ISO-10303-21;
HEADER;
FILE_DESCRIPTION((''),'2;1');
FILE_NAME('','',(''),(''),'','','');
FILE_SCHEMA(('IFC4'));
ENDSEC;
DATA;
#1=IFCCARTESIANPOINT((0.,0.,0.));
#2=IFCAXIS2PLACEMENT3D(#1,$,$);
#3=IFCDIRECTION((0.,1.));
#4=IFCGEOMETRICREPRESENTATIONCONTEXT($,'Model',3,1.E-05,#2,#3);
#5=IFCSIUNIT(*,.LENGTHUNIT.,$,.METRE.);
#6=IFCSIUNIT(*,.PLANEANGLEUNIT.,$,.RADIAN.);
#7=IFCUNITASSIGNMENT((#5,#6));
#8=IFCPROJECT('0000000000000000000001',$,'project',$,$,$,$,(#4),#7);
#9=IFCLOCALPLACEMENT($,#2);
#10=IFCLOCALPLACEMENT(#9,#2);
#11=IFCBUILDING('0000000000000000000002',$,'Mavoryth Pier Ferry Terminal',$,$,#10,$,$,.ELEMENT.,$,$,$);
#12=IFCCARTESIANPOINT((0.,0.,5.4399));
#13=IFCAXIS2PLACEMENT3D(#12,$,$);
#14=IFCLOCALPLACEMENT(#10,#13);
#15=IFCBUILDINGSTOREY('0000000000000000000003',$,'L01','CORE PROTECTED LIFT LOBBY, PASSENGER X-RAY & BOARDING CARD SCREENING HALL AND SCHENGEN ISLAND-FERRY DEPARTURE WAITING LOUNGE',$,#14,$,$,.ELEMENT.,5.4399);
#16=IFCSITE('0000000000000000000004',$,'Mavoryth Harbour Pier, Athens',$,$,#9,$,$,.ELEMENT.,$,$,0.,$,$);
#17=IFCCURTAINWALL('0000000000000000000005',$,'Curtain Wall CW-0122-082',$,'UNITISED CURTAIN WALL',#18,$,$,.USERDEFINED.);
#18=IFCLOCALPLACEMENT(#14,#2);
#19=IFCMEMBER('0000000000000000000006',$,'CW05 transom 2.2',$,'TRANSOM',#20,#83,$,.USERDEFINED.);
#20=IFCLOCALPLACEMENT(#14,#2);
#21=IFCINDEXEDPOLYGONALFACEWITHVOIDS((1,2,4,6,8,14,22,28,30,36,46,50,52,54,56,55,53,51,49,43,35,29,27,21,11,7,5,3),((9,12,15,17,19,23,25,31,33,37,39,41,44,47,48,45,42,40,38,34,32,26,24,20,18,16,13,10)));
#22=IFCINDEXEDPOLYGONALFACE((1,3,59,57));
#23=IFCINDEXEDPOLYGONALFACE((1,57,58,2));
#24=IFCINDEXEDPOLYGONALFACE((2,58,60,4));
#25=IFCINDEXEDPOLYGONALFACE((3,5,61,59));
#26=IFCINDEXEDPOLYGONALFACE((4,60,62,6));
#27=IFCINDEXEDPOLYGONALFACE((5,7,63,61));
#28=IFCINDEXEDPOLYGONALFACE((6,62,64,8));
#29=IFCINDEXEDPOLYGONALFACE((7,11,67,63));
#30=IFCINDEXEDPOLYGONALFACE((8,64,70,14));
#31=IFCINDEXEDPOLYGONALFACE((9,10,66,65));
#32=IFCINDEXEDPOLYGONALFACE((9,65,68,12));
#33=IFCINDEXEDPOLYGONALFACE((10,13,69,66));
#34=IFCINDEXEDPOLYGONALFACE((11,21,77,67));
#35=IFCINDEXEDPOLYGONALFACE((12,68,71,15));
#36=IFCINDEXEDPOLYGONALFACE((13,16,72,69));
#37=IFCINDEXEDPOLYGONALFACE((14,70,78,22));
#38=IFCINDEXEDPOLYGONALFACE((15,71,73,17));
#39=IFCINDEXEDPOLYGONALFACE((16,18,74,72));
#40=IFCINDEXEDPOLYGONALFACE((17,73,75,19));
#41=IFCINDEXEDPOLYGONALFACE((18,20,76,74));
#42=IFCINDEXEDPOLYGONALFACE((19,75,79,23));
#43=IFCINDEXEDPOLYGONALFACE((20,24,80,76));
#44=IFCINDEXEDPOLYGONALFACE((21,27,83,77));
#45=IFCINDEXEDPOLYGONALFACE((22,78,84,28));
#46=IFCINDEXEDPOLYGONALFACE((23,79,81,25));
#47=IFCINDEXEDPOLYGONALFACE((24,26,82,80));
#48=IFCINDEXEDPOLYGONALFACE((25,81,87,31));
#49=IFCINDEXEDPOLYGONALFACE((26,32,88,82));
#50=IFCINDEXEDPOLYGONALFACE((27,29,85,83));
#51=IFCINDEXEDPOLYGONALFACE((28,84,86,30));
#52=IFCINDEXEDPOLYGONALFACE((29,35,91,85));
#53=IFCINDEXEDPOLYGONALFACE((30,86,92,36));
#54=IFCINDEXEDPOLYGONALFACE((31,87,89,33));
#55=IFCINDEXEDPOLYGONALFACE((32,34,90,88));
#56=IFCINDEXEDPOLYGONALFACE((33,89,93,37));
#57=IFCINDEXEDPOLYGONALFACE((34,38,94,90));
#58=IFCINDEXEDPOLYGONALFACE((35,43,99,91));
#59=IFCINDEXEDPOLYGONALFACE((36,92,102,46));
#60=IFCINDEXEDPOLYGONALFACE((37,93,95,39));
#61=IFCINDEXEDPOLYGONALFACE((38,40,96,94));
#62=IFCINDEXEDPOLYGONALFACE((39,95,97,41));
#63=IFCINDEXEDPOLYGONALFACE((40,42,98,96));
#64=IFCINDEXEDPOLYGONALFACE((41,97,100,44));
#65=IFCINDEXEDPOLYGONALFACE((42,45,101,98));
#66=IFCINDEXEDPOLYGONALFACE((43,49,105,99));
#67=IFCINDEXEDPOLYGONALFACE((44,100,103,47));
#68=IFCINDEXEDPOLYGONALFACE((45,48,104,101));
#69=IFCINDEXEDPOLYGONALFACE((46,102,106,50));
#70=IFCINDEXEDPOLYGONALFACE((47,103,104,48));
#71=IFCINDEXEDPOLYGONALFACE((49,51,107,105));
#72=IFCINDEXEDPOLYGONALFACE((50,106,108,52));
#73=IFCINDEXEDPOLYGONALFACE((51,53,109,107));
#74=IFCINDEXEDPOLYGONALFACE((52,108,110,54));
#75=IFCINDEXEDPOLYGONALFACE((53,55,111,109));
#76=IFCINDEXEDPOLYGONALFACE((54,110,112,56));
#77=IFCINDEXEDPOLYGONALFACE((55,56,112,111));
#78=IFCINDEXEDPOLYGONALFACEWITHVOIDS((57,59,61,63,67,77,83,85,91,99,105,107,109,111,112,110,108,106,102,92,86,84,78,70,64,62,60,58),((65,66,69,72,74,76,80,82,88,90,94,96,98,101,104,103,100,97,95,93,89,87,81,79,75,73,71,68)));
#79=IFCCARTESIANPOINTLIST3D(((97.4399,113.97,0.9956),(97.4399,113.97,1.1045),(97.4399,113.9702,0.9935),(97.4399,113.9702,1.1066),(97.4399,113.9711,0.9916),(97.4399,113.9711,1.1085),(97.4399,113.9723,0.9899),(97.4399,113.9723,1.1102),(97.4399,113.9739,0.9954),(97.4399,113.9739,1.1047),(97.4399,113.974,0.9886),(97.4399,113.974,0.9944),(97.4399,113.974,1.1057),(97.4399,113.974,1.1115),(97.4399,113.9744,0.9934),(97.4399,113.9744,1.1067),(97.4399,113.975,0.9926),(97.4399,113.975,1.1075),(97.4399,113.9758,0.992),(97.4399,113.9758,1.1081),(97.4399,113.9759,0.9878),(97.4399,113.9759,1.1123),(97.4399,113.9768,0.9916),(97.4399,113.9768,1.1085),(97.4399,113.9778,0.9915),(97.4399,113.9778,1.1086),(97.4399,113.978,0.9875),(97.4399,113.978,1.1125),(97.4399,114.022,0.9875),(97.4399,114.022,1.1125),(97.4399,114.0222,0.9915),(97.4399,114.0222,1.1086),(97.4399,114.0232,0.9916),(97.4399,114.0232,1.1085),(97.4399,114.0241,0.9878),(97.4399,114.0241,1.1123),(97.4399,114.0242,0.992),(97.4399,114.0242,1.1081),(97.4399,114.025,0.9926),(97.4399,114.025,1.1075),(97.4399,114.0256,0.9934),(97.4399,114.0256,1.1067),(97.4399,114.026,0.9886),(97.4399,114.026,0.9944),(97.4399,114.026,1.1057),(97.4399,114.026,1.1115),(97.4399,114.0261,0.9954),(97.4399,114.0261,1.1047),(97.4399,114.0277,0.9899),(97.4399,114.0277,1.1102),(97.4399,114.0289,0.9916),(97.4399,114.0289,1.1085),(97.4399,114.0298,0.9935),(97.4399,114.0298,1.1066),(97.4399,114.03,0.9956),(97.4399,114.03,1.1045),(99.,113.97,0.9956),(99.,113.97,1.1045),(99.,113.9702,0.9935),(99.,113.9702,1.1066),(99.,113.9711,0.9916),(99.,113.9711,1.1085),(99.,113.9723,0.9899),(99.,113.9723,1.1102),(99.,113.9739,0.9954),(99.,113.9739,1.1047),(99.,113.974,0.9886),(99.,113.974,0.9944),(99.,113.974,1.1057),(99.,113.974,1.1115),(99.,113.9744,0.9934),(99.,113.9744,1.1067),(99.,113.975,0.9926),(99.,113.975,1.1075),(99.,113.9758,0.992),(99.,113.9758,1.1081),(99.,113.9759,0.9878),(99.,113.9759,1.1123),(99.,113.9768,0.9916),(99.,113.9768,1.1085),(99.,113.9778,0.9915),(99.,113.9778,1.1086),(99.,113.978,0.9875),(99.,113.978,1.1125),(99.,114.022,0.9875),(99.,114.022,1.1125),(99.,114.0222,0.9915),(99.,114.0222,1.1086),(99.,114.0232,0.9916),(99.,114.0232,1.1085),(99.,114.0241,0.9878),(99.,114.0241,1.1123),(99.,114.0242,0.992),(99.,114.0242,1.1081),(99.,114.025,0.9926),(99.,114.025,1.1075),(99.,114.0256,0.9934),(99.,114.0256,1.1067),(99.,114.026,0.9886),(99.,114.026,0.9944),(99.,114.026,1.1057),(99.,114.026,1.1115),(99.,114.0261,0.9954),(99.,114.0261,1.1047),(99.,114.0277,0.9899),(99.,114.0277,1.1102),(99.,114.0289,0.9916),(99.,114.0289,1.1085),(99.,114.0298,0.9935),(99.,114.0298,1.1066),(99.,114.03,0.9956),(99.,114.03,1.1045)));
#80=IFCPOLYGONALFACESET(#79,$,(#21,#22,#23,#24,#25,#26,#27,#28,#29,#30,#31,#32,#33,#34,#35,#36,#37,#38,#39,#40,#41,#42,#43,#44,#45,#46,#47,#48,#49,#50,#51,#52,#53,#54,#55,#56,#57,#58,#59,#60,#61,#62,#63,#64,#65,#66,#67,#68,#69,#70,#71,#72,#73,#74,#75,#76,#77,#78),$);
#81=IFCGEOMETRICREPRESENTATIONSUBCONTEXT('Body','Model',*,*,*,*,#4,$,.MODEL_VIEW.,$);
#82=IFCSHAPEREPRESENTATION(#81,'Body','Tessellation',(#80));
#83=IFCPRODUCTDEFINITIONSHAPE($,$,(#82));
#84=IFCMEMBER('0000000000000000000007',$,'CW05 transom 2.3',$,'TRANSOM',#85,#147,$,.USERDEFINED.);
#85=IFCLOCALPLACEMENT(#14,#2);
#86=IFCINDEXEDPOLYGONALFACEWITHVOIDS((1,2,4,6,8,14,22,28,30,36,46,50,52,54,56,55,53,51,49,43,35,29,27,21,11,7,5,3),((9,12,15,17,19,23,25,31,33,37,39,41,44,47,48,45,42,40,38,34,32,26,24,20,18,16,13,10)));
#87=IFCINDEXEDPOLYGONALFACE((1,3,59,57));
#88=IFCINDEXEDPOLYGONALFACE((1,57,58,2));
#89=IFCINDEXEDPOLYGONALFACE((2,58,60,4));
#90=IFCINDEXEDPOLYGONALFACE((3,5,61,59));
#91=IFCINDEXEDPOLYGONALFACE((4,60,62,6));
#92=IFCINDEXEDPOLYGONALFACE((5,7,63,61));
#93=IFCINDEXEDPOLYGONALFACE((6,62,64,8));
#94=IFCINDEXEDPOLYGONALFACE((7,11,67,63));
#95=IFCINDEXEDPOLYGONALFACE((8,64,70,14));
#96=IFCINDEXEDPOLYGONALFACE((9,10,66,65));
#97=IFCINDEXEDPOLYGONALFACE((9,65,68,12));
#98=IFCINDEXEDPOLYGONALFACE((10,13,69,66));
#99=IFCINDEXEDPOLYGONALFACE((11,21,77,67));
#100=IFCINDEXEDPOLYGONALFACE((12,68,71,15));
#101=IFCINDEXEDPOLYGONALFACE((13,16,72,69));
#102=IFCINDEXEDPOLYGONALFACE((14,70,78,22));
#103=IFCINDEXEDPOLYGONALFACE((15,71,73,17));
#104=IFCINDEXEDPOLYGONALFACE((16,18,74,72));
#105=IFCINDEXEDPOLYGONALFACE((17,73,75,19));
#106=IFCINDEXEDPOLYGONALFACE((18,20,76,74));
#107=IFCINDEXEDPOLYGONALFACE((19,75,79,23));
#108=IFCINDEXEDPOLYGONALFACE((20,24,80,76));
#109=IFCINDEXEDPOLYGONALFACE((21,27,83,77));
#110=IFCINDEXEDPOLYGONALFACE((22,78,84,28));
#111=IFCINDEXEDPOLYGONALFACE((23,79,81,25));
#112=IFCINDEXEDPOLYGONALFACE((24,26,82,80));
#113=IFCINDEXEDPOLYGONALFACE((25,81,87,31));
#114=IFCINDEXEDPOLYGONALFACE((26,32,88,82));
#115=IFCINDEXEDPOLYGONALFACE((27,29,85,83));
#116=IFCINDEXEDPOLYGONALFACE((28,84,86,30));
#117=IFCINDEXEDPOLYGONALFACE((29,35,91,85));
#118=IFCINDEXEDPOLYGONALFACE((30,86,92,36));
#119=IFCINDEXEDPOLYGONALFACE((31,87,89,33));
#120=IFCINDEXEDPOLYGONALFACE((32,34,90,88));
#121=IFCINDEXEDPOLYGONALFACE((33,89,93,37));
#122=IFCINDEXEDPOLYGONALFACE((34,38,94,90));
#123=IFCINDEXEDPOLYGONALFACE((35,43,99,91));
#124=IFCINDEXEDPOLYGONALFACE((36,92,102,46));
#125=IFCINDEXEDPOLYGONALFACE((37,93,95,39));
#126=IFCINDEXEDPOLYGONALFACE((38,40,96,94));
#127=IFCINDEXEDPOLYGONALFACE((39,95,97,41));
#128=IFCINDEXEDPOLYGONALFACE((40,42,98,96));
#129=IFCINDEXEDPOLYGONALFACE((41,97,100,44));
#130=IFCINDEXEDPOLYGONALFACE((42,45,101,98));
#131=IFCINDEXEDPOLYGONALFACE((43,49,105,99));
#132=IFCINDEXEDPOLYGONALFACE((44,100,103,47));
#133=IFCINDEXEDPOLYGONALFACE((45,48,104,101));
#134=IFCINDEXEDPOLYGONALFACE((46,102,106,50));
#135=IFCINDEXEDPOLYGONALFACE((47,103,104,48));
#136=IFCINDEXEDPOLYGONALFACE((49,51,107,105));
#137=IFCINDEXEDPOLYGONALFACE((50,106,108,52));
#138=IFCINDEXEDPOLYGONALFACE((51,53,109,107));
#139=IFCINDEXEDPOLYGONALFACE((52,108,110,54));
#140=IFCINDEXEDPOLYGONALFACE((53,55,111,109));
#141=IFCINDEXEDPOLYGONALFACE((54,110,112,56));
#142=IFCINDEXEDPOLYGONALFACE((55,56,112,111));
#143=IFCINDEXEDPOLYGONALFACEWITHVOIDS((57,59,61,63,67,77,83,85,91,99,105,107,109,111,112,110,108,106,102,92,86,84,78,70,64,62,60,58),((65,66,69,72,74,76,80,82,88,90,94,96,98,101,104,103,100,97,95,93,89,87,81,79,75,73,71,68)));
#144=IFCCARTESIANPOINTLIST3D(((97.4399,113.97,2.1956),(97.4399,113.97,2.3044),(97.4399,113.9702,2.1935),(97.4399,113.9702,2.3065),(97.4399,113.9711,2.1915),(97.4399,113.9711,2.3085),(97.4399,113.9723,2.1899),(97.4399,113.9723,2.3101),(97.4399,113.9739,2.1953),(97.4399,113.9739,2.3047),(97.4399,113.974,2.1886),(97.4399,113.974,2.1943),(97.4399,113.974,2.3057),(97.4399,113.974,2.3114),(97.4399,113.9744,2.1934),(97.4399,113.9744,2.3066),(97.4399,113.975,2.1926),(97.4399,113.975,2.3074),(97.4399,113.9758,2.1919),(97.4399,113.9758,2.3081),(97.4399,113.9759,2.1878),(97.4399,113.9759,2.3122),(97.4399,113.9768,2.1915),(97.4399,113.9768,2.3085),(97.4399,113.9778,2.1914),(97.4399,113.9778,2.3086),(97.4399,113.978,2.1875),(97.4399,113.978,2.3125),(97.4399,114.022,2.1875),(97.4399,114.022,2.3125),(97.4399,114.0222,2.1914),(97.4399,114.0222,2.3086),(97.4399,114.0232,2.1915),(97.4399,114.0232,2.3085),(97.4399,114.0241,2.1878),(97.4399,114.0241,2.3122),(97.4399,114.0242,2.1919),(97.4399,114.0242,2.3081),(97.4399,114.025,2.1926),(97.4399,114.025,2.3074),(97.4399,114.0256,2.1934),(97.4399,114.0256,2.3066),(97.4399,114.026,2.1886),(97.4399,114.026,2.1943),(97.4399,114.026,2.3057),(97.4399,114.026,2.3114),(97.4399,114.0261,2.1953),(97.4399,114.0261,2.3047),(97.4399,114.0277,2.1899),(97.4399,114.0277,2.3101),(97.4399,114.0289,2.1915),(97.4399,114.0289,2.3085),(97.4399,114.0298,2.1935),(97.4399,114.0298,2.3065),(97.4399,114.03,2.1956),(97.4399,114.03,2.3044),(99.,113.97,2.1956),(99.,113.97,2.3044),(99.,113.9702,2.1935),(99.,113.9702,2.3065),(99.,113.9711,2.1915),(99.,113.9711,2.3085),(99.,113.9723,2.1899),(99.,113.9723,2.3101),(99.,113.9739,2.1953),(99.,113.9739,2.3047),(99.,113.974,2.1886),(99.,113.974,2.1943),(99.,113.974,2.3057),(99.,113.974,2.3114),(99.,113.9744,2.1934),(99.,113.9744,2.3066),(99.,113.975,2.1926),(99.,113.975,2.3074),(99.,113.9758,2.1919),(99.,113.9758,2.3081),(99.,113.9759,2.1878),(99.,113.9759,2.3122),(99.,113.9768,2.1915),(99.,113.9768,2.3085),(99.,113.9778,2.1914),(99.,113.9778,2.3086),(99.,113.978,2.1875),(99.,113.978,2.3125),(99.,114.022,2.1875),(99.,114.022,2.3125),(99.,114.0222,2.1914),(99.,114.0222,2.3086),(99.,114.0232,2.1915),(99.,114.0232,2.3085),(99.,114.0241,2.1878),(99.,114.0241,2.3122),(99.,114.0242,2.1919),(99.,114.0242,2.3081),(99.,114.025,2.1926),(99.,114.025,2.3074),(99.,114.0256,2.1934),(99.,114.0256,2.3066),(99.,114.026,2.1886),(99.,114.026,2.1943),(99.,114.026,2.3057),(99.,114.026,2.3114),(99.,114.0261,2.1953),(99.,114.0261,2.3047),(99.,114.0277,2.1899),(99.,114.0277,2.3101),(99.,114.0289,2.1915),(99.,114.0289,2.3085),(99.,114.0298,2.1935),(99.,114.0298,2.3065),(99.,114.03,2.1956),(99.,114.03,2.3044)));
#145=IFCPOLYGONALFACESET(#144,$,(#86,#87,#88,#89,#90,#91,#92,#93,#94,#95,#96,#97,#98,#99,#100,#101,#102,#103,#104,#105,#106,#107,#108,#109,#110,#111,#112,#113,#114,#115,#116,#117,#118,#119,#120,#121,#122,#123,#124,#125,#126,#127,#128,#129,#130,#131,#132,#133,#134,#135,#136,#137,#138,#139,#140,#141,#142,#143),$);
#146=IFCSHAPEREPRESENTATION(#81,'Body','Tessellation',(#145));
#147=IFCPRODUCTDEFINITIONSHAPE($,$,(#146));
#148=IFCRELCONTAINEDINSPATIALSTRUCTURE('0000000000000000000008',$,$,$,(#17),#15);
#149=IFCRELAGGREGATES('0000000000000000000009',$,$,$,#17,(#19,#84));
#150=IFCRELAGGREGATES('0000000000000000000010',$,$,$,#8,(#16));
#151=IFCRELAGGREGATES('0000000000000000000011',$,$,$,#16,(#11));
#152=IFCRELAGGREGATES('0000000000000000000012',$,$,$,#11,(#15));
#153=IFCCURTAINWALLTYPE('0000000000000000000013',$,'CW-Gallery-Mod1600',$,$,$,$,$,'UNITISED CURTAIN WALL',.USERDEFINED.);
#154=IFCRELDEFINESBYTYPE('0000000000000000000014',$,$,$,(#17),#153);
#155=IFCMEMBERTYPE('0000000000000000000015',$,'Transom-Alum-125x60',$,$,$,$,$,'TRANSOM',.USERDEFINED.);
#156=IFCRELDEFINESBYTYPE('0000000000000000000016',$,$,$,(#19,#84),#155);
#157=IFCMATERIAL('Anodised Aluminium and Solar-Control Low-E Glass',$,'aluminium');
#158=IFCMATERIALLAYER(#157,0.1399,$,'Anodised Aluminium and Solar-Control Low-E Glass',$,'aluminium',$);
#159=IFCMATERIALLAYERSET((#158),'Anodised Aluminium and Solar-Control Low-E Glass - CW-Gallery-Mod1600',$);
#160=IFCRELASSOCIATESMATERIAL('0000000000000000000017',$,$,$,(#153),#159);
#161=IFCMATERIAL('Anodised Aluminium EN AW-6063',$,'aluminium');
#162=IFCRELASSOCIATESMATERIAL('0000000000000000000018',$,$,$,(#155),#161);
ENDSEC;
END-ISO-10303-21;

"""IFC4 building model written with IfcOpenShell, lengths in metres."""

from ifc_helpers import new_model, si_unit, direction, frame, origin, origin_2d, place, context, subcontext, project, spatial, hollow_rectangle, extrude, material, layer, layer_set, material_profile, profile_set, type_object, element, aggregate, save


model = new_model("IFC4")

# Units and contexts
model_context = context("Model", 3, precision=1e-05, world=origin(), true_north=direction((0.0, 1.0)))
body_context = subcontext(model_context, "Body", "Model", "MODEL_VIEW")
ifc_project = project(units=[si_unit("LENGTHUNIT", "METRE"), si_unit("PLANEANGLEUNIT", "RADIAN")], contexts=[model_context])

# Site, building, storey
site_placement = place(None, origin())
site = spatial("IfcSite", under=ifc_project, at=site_placement, Name="Mavoryth Harbour Pier, Athens", CompositionType="ELEMENT", RefElevation=0.0)
building_placement = place(site_placement, origin())
building = spatial("IfcBuilding", under=site, at=building_placement, Name="Mavoryth Pier Ferry Terminal", CompositionType="ELEMENT")
storey_placement = place(building_placement, frame((0.0, 0.0, 5.4399)))
storey = spatial("IfcBuildingStorey", under=building, at=storey_placement, Name="L01", Description="CORE PROTECTED LIFT LOBBY, PASSENGER X-RAY & BOARDING CARD SCREENING HALL AND SCHENGEN ISLAND-FERRY DEPARTURE WAITING LOUNGE", CompositionType="ELEMENT", Elevation=5.4399)

# Curtain wall, members
ifc_material_1 = material(Name="Anodised Aluminium and Solar-Control Low-E Glass", Category="aluminium")
ifc_layer_1 = layer(ifc_material_1, 0.1399, Name="Anodised Aluminium and Solar-Control Low-E Glass", Category="aluminium")
ifc_layer_set_1 = layer_set([ifc_layer_1], Name="Anodised Aluminium and Solar-Control Low-E Glass - CW-Gallery-Mod1600")
curtain_wall_type = type_object("IfcCurtainWallType", Name="CW-Gallery-Mod1600", ElementType="UNITISED CURTAIN WALL", PredefinedType="USERDEFINED", material=ifc_layer_set_1)
curtain_wall_placement = place(storey_placement, origin())
curtain_wall = element("IfcCurtainWall", 1, at=curtain_wall_placement, inside=storey, type_object=curtain_wall_type, Name="Curtain Wall CW-0122-082", ObjectType="UNITISED CURTAIN WALL", PredefinedType="USERDEFINED")
ifc_material_2 = material(Name="Anodised Aluminium EN AW-6063", Category="aluminium")
ifc_material_profile_1 = material_profile(ifc_material_2, hollow_rectangle(XDim=0.0601, YDim=0.125, WallThickness=0.0039, InnerFilletRadius=0.0039, OuterFilletRadius=0.0081, at=origin_2d()), Name="AL-TRAN 125x60x4", Category="aluminium")
ifc_profile_set_1 = profile_set([ifc_material_profile_1], Name="Anodised Aluminium EN AW-6063 - AL-TRAN 125x60x4")
member_type_1 = type_object("IfcMemberType", Name="Transom-Alum-125x60", ElementType="TRANSOM", PredefinedType="USERDEFINED", material=ifc_profile_set_1)
member_1_placement = place(storey_placement, frame((99.0, 114.0, 1.05), z_axis=(-1.0, 0.0, 0.0), x_axis=(0.0, -1.0, 0.0)))
member_1 = element("IfcMember", 2, at=member_1_placement, type_object=member_type_1, Name="CW05 transom 2.2", ObjectType="TRANSOM", PredefinedType="USERDEFINED", context=body_context, shape_type="SweptSolid", body=[
    extrude(hollow_rectangle(XDim=0.0601, YDim=0.125, WallThickness=0.0039, InnerFilletRadius=0.0039, OuterFilletRadius=0.0081, at=origin_2d()), origin(), (0.0, 0.0, 1.0), 1.5601),
])
member_2_placement = place(storey_placement, frame((99.0, 114.0, 2.25), z_axis=(-1.0, 0.0, 0.0), x_axis=(0.0, -1.0, 0.0)))
member_2 = element("IfcMember", 3, at=member_2_placement, type_object=member_type_1, Name="CW05 transom 2.3", ObjectType="TRANSOM", PredefinedType="USERDEFINED", context=body_context, shape_type="SweptSolid", body=[
    extrude(hollow_rectangle(XDim=0.0601, YDim=0.125, WallThickness=0.0039, InnerFilletRadius=0.0039, OuterFilletRadius=0.0081, at=origin_2d()), origin(), (0.0, 0.0, 1.0), 1.5601),
])
aggregate(curtain_wall, [member_1, member_2])

save(model, "model.ifc")
